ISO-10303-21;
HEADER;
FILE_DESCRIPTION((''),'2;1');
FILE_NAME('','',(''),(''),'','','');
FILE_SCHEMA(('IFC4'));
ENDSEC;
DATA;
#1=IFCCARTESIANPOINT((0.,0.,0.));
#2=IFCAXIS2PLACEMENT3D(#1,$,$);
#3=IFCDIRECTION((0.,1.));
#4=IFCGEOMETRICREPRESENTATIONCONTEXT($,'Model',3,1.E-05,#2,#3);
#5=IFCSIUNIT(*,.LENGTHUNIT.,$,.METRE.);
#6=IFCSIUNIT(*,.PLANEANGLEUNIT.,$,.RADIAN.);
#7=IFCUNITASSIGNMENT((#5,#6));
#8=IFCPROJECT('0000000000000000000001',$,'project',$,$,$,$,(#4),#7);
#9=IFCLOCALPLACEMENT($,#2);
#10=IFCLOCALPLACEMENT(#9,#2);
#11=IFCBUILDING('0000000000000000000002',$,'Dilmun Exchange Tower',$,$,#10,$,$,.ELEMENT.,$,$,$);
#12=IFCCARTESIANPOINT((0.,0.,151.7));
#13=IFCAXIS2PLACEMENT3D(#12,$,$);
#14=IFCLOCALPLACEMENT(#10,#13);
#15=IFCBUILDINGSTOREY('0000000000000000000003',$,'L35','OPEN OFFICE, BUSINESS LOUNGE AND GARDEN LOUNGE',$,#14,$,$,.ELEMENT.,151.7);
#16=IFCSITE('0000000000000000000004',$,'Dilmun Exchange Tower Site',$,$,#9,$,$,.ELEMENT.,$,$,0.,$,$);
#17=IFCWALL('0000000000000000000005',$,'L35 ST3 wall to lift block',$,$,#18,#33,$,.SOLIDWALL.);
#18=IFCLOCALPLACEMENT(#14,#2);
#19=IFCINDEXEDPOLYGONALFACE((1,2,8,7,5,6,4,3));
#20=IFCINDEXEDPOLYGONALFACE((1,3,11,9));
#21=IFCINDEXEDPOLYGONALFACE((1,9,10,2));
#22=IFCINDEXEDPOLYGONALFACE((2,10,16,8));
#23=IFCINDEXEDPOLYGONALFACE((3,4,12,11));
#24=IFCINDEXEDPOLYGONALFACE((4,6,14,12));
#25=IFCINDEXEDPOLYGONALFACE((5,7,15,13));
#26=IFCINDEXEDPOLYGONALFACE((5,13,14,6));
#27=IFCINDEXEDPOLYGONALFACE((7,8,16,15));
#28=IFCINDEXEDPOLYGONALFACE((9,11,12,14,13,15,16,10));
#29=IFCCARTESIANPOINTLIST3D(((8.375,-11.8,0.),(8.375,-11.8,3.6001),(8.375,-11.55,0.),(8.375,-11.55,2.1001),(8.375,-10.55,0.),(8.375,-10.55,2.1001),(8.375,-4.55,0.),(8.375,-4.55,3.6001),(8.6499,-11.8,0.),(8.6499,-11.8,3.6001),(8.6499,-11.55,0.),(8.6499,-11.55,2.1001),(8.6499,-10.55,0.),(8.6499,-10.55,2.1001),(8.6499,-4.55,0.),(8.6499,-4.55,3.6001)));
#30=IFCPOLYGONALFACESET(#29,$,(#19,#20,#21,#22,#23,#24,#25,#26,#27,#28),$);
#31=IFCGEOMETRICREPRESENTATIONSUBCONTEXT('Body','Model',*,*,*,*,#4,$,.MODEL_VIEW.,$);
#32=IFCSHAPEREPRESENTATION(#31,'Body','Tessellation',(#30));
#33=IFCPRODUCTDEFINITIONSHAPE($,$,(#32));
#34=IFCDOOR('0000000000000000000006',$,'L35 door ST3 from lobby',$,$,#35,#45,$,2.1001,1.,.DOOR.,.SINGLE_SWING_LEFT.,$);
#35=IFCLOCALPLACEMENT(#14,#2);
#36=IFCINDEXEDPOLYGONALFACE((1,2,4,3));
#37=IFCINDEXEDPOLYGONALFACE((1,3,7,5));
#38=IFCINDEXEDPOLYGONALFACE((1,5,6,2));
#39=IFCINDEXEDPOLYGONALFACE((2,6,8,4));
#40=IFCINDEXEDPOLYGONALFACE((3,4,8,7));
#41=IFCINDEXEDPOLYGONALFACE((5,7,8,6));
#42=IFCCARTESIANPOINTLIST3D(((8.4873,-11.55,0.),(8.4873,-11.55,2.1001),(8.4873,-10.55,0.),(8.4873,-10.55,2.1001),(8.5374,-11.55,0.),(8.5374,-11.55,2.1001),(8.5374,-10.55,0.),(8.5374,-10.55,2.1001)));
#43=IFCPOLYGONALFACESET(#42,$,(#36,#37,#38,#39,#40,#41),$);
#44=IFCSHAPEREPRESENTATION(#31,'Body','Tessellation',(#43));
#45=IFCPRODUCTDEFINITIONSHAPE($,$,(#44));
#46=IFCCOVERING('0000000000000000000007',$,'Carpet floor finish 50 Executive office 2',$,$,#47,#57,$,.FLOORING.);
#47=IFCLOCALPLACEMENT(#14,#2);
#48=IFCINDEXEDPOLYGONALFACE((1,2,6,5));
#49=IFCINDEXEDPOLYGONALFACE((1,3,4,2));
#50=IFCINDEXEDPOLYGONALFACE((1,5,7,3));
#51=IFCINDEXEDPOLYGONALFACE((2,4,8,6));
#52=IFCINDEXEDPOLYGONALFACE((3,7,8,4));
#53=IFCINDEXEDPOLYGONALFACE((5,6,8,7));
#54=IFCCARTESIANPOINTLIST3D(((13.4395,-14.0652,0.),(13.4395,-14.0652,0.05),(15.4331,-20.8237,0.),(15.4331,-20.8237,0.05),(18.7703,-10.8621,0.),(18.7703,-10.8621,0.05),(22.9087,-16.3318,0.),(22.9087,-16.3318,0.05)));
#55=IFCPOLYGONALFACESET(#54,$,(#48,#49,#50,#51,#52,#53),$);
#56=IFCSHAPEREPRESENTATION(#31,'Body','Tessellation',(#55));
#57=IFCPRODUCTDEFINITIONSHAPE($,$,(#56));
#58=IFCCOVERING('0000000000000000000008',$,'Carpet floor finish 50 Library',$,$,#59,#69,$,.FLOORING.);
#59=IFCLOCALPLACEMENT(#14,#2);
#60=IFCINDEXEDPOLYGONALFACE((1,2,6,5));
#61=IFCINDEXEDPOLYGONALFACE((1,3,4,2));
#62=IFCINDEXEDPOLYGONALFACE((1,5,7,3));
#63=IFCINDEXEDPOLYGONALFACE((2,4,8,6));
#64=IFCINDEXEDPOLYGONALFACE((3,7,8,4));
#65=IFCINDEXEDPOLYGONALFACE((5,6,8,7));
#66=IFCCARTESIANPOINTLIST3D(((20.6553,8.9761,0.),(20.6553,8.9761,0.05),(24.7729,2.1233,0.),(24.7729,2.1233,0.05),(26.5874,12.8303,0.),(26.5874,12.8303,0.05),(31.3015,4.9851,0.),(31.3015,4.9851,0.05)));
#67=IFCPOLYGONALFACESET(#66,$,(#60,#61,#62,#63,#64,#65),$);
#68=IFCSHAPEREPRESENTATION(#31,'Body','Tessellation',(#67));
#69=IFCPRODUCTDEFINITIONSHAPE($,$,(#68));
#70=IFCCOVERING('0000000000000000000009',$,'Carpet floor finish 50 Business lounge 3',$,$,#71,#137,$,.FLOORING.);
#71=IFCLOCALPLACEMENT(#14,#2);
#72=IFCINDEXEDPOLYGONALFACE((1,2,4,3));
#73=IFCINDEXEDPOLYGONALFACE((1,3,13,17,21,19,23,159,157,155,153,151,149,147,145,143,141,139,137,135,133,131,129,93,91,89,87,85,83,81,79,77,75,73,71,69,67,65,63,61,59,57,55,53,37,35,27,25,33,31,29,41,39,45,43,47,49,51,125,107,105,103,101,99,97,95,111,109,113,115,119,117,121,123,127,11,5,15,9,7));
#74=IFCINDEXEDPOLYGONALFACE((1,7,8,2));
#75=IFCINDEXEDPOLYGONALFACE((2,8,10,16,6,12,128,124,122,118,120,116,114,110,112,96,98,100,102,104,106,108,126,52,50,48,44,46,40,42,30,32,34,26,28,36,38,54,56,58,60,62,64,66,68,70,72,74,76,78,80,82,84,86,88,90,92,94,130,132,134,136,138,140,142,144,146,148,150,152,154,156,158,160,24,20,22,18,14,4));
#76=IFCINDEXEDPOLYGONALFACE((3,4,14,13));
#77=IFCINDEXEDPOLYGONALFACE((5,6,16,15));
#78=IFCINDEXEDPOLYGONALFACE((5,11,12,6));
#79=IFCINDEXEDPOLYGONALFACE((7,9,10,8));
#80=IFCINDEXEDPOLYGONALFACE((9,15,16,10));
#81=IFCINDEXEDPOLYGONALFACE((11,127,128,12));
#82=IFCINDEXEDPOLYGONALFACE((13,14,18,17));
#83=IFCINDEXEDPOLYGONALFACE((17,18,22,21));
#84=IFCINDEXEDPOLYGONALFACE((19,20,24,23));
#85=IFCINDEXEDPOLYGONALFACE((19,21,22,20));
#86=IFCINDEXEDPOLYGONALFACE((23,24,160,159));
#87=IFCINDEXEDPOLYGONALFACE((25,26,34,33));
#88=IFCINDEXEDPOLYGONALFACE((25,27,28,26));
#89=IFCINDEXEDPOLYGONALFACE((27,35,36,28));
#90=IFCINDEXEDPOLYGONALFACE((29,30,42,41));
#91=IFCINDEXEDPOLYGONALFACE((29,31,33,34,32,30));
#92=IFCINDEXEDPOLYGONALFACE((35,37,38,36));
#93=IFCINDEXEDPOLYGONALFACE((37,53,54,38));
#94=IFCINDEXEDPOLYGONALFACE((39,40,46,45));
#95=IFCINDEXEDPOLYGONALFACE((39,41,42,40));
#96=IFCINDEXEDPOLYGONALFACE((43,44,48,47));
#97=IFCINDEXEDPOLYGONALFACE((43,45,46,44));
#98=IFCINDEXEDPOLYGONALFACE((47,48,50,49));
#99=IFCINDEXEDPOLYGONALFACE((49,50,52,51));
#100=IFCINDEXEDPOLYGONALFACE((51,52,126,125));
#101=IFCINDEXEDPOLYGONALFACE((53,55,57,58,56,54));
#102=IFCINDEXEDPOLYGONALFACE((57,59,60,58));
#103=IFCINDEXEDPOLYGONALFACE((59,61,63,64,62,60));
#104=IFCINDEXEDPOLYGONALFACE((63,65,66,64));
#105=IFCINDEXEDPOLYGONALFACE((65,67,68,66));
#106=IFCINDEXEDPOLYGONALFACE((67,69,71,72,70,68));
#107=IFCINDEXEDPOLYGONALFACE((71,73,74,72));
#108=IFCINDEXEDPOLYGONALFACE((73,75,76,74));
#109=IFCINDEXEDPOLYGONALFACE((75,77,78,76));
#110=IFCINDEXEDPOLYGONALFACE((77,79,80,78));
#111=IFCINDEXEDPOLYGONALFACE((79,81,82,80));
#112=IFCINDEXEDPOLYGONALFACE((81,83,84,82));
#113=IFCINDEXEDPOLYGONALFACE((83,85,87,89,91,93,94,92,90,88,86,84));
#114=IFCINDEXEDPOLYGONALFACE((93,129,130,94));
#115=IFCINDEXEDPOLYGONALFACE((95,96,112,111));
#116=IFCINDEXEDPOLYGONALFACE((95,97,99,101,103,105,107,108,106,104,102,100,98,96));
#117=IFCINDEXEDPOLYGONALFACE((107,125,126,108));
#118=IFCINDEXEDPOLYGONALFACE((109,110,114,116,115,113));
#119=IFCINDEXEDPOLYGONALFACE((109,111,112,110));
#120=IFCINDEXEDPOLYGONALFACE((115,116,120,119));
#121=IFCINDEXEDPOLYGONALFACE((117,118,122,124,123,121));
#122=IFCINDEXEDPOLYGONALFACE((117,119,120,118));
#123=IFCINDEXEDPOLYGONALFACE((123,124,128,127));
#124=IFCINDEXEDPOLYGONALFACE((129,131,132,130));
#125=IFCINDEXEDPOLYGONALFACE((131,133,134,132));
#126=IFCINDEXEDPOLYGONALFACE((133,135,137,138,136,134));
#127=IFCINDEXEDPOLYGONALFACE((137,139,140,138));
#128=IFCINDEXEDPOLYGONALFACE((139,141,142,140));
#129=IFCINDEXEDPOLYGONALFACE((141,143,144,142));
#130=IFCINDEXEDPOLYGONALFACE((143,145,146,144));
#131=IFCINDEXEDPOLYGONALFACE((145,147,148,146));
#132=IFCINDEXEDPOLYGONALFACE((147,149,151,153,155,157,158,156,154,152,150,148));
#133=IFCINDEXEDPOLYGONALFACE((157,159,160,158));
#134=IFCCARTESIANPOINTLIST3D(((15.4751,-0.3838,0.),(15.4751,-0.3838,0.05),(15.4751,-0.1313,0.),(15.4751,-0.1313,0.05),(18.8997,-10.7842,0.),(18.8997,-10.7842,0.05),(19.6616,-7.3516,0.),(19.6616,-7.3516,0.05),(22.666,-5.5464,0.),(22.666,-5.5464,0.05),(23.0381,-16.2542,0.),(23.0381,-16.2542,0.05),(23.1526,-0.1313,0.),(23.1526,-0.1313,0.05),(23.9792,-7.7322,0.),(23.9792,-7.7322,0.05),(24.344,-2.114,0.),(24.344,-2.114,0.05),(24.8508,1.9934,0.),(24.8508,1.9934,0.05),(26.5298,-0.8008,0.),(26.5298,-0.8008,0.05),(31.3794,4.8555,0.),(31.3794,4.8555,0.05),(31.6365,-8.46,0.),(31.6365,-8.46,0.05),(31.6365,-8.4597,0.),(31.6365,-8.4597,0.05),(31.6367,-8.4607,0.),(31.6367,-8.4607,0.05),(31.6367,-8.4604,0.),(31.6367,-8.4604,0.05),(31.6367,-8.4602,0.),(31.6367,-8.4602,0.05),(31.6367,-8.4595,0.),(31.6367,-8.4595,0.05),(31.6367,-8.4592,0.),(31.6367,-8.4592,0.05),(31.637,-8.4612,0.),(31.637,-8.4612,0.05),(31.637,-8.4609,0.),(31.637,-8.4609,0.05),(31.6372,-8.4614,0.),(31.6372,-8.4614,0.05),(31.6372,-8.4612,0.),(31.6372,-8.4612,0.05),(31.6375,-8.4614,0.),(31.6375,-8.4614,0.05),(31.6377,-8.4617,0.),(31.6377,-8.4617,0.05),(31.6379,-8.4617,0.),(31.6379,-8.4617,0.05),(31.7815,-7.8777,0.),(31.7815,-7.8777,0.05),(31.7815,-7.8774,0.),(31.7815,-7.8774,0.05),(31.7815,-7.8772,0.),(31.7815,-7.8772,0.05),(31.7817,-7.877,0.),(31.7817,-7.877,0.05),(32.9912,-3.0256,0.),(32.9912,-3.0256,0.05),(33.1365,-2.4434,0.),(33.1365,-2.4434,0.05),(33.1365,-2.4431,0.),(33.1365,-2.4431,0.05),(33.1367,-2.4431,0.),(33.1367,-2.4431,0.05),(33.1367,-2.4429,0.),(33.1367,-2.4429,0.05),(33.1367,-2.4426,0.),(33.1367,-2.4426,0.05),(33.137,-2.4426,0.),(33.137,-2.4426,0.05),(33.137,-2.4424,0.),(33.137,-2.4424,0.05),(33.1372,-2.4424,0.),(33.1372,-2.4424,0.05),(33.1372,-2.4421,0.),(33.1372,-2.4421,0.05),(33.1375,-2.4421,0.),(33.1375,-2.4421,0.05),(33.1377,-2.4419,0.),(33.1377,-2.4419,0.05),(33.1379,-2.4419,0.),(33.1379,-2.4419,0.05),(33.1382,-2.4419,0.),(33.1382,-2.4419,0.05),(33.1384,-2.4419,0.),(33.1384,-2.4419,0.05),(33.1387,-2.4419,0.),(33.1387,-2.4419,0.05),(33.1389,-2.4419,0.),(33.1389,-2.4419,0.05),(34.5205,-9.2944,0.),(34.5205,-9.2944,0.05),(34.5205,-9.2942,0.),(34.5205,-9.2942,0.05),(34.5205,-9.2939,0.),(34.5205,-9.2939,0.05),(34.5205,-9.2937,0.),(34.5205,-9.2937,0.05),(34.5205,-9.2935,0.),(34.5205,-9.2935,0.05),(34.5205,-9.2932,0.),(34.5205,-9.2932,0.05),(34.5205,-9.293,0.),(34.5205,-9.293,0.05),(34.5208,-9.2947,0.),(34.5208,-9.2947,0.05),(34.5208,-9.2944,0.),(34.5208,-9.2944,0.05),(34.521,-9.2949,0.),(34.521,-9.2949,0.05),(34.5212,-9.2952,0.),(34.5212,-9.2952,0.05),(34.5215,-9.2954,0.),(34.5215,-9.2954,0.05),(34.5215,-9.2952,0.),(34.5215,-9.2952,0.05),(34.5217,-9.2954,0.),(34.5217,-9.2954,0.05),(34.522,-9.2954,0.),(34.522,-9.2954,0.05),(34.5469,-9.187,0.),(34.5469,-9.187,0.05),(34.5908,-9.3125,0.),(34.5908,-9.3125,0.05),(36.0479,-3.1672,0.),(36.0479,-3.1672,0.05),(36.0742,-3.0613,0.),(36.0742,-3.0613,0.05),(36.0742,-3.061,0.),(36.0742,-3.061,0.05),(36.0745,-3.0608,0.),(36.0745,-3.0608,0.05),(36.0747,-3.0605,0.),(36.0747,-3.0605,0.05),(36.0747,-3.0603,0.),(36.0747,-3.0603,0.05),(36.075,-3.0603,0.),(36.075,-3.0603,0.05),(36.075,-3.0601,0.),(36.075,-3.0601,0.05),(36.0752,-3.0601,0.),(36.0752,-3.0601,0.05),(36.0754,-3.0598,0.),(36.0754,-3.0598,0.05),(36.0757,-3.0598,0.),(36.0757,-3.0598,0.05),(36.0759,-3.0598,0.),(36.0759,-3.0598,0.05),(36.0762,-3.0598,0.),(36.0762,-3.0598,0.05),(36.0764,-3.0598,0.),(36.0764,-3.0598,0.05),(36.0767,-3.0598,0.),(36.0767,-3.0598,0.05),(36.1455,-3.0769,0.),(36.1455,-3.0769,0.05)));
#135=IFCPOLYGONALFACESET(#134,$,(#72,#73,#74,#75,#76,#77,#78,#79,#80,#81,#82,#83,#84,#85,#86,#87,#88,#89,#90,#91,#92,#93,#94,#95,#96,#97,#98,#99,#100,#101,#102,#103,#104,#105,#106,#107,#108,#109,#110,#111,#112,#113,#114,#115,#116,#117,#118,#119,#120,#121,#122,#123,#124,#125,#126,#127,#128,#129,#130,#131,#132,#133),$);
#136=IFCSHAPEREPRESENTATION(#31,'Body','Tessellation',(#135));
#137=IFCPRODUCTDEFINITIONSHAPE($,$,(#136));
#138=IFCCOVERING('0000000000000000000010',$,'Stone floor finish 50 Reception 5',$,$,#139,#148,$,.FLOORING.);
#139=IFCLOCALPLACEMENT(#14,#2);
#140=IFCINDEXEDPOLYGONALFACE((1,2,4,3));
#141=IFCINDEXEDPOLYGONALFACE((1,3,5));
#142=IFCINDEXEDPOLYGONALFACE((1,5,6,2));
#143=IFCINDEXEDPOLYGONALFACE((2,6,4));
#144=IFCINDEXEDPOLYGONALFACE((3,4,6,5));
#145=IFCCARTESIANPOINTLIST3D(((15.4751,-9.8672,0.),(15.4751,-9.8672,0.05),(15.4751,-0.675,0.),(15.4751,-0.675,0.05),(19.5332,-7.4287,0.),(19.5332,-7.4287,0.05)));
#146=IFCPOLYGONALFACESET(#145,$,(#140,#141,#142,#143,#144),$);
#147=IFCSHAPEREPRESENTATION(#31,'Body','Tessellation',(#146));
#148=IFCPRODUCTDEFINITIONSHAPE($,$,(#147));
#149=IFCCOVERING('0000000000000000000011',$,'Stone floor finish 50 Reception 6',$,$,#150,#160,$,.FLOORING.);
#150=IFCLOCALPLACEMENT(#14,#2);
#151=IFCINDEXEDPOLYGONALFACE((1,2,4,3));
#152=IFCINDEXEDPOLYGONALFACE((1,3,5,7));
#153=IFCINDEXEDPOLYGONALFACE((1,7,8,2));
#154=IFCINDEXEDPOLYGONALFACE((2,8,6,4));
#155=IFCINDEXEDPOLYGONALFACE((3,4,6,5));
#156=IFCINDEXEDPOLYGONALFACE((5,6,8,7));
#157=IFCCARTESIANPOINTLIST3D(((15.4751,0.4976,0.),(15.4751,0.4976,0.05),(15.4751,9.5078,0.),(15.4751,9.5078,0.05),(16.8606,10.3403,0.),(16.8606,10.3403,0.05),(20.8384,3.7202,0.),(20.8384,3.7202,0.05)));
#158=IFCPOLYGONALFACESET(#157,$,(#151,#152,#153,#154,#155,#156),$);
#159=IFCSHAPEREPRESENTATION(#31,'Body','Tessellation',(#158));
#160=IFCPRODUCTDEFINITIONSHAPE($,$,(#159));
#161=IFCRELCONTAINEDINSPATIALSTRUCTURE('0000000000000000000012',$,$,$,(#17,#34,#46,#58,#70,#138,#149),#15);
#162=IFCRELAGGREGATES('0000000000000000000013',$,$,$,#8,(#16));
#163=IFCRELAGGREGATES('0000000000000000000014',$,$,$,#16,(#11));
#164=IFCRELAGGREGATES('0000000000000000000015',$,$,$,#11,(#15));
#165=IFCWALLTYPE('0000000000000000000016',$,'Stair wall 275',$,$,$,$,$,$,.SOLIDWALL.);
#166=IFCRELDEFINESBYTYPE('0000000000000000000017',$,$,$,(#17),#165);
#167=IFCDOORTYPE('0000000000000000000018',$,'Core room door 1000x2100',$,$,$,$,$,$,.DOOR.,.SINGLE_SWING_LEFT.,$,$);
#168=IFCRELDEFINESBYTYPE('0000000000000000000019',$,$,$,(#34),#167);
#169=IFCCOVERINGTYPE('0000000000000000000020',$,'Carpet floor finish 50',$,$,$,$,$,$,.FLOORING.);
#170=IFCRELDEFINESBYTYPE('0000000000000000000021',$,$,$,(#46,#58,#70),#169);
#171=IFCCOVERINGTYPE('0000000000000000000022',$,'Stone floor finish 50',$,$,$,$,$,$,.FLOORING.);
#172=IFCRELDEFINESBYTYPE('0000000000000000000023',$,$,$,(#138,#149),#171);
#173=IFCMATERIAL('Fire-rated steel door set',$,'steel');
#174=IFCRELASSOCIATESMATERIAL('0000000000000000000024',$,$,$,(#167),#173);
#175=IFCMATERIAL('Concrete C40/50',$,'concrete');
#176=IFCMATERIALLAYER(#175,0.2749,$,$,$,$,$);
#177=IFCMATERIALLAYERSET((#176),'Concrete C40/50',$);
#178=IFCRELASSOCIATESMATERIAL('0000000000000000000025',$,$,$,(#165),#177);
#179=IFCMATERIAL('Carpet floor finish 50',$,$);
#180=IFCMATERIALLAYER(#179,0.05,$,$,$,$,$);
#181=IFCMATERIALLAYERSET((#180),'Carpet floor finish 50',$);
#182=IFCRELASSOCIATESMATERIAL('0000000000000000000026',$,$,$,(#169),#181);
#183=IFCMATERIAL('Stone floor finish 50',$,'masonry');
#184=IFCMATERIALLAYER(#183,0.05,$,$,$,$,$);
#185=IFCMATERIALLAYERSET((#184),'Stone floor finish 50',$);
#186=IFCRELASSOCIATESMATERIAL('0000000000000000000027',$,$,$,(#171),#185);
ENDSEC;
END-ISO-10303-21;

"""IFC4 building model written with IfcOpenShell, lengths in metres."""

from ifc_helpers import new_model, si_unit, direction, frame, frame_2d, origin, place, context, subcontext, project, spatial, polyline, rectangle, outline, extrude, material, layer, layer_set, type_object, element, fill, save


model = new_model("IFC4")

# Units and contexts
model_context = context("Model", 3, precision=1e-05, world=origin(), true_north=direction((0.0, 1.0)))
body_context = subcontext(model_context, "Body", "Model", "MODEL_VIEW")
ifc_project = project(units=[si_unit("LENGTHUNIT", "METRE"), si_unit("PLANEANGLEUNIT", "RADIAN")], contexts=[model_context])

# Site, building, storey
site_placement = place(None, origin())
site = spatial("IfcSite", under=ifc_project, at=site_placement, Name="Dilmun Exchange Tower Site", CompositionType="ELEMENT", RefElevation=0.0)
building_placement = place(site_placement, origin())
building = spatial("IfcBuilding", under=site, at=building_placement, Name="Dilmun Exchange Tower", CompositionType="ELEMENT")
storey_placement = place(building_placement, frame((0.0, 0.0, 151.7)))
storey = spatial("IfcBuildingStorey", under=building, at=storey_placement, Name="L35", Description="OPEN OFFICE, BUSINESS LOUNGE AND GARDEN LOUNGE", CompositionType="ELEMENT", Elevation=151.7)

# Shared definitions
ifc_material_1 = material(Name="Concrete C40/50", Category="concrete")
ifc_material_2 = material(Name="Fire-rated steel door set", Category="steel")
door_type_1 = type_object("IfcDoorType", Name="Core room door 1000x2100", OperationType="SINGLE_SWING_LEFT", PredefinedType="DOOR", material=ifc_material_2)

# Wall, opening, door
ifc_layer_1 = layer(ifc_material_1, 0.2749)
ifc_layer_set_1 = layer_set([ifc_layer_1], Name="Concrete C40/50")
wall_type_1 = type_object("IfcWallType", Name="Stair wall 275", PredefinedType="SOLIDWALL", material=ifc_layer_set_1)
wall_1_placement = place(storey_placement, frame((8.5125, -4.55, 0.0), z_axis=(0.0, 0.0, 1.0), x_axis=(0.0, -1.0, 0.0)))
wall_1 = element("IfcWall", 1, at=wall_1_placement, inside=storey, type_object=wall_type_1, Name="L35 ST3 wall to lift block", PredefinedType="SOLIDWALL", context=body_context, shape_type="SweptSolid", body=[
    extrude(rectangle(XDim=7.25, YDim=0.2749, at=frame_2d((3.625, 0.0))), origin(), (0.0, 0.0, 1.0), 3.6001),
])
opening_1_placement = place(wall_1_placement, frame((6.0, 0.0, 0.0)))
opening_1 = element("IfcOpeningElement", 2, at=opening_1_placement, cuts=wall_1, PredefinedType="OPENING", context=body_context, shape_type="SweptSolid", body=[
    extrude(rectangle(XDim=1.0, YDim=2.1001, at=frame_2d((0.5, 1.05))), frame((0.0, 0.1475, 0.0), z_axis=(0.0, -1.0, 0.0), x_axis=(1.0, 0.0, 0.0)), (0.0, 0.0, 1.0), 0.2949),
])
door_1_placement = place(opening_1_placement, origin())
door_1 = element("IfcDoor", 3, at=door_1_placement, inside=storey, type_object=door_type_1, Name="L35 door ST3 from lobby", OperationType="SINGLE_SWING_LEFT", OverallHeight=2.1001, OverallWidth=1.0, PredefinedType="DOOR", context=body_context, shape_type="SweptSolid", body=[
    extrude(rectangle(XDim=1.0, YDim=2.1001, at=frame_2d((0.5, 1.05))), frame((0.0, 0.0249, 0.0), z_axis=(0.0, -1.0, 0.0), x_axis=(1.0, 0.0, 0.0)), (0.0, 0.0, 1.0), 0.05),
])
fill(opening_1, door_1)

# Coverings
ifc_material_3 = material(Name="Carpet floor finish 50")
ifc_layer_2 = layer(ifc_material_3, 0.05)
ifc_layer_set_2 = layer_set([ifc_layer_2], Name="Carpet floor finish 50")
covering_type_1 = type_object("IfcCoveringType", Name="Carpet floor finish 50", PredefinedType="FLOORING", material=ifc_layer_set_2)
covering_1_placement = place(storey_placement, origin())
element("IfcCovering", 4, at=covering_1_placement, inside=storey, type_object=covering_type_1, Name="Carpet floor finish 50 Executive office 2", PredefinedType="FLOORING", context=body_context, shape_type="SweptSolid", body=[
    extrude(outline(polyline([(13.4395, -14.0652), (18.7703, -10.8621), (22.9087, -16.3318), (15.4331, -20.8237), (13.4395, -14.0652)])), origin(), (0.0, 0.0, 1.0), 0.05),
])
covering_2_placement = place(storey_placement, origin())
element("IfcCovering", 5, at=covering_2_placement, inside=storey, type_object=covering_type_1, Name="Carpet floor finish 50 Library", PredefinedType="FLOORING", context=body_context, shape_type="SweptSolid", body=[
    extrude(outline(polyline([(24.7729, 2.1233), (20.6553, 8.9761), (26.5874, 12.8303), (31.3015, 4.9851), (24.7729, 2.1233)])), origin(), (0.0, 0.0, 1.0), 0.05),
])
covering_3_placement = place(storey_placement, origin())
element("IfcCovering", 6, at=covering_3_placement, inside=storey, type_object=covering_type_1, Name="Carpet floor finish 50 Business lounge 3", PredefinedType="FLOORING", context=body_context, shape_type="SweptSolid", body=[
    extrude(outline(polyline([(24.344, -2.114), (26.5298, -0.8008), (24.8508, 1.9934), (31.3794, 4.8555), (36.1455, -3.0769), (36.0767, -3.0598), (36.0764, -3.0598), (36.0764, -3.0598), (36.0762, -3.0598), (36.0759, -3.0598), (36.0757, -3.0598), (36.0754, -3.0598), (36.0754, -3.0598), (36.0752, -3.0601), (36.075, -3.0601), (36.075, -3.0603), (36.0747, -3.0603), (36.0747, -3.0605), (36.0745, -3.0608), (36.0745, -3.0608), (36.0742, -3.061), (36.0742, -3.0613), (36.0479, -3.1672), (33.1389, -2.4419), (33.1387, -2.4419), (33.1384, -2.4419), (33.1382, -2.4419), (33.1382, -2.4419), (33.1379, -2.4419), (33.1377, -2.4419), (33.1375, -2.4421), (33.1372, -2.4421), (33.1372, -2.4424), (33.137, -2.4424), (33.137, -2.4426), (33.1367, -2.4426), (33.1367, -2.4429), (33.1367, -2.4431), (33.1365, -2.4431), (33.1365, -2.4434), (32.9912, -3.0256), (32.9912, -3.0256), (32.9912, -3.0256), (31.7817, -7.877), (31.7815, -7.8772), (31.7815, -7.8774), (31.7815, -7.8777), (31.6367, -8.4592), (31.6367, -8.4595), (31.6365, -8.4597), (31.6365, -8.46), (31.6367, -8.4602), (31.6367, -8.4602), (31.6367, -8.4604), (31.6367, -8.4607), (31.6367, -8.4607), (31.637, -8.4609), (31.637, -8.4612), (31.6372, -8.4612), (31.6372, -8.4614), (31.6375, -8.4614), (31.6377, -8.4617), (31.6379, -8.4617), (31.6379, -8.4617), (34.5469, -9.187), (34.5205, -9.293), (34.5205, -9.2932), (34.5205, -9.2935), (34.5205, -9.2937), (34.5205, -9.2937), (34.5205, -9.2939), (34.5205, -9.2942), (34.5205, -9.2944), (34.5208, -9.2944), (34.5208, -9.2947), (34.521, -9.2949), (34.521, -9.2949), (34.5212, -9.2952), (34.5215, -9.2952), (34.5215, -9.2954), (34.5217, -9.2954), (34.522, -9.2954), (34.5908, -9.3125), (23.0381, -16.2542), (18.8997, -10.7842), (23.9792, -7.7322), (22.666, -5.5464), (19.6616, -7.3516), (15.4751, -0.3838), (15.4751, -0.1313), (23.1526, -0.1313), (24.344, -2.114)])), origin(), (0.0, 0.0, 1.0), 0.05),
])
ifc_material_4 = material(Name="Stone floor finish 50", Category="masonry")
ifc_layer_3 = layer(ifc_material_4, 0.05)
ifc_layer_set_3 = layer_set([ifc_layer_3], Name="Stone floor finish 50")
covering_type_2 = type_object("IfcCoveringType", Name="Stone floor finish 50", PredefinedType="FLOORING", material=ifc_layer_set_3)
covering_4_placement = place(storey_placement, origin())
element("IfcCovering", 7, at=covering_4_placement, inside=storey, type_object=covering_type_2, Name="Stone floor finish 50 Reception 5", PredefinedType="FLOORING", context=body_context, shape_type="SweptSolid", body=[
    extrude(outline(polyline([(15.4751, -0.675), (19.5332, -7.4287), (15.4751, -9.8672), (15.4751, -0.675)])), origin(), (0.0, 0.0, 1.0), 0.05),
])
covering_5_placement = place(storey_placement, origin())
element("IfcCovering", 8, at=covering_5_placement, inside=storey, type_object=covering_type_2, Name="Stone floor finish 50 Reception 6", PredefinedType="FLOORING", context=body_context, shape_type="SweptSolid", body=[
    extrude(outline(polyline([(15.4751, 9.5078), (16.8606, 10.3403), (20.8384, 3.7202), (15.4751, 0.4976), (15.4751, 9.5078)])), origin(), (0.0, 0.0, 1.0), 0.05),
])

save(model, "model.ifc")
